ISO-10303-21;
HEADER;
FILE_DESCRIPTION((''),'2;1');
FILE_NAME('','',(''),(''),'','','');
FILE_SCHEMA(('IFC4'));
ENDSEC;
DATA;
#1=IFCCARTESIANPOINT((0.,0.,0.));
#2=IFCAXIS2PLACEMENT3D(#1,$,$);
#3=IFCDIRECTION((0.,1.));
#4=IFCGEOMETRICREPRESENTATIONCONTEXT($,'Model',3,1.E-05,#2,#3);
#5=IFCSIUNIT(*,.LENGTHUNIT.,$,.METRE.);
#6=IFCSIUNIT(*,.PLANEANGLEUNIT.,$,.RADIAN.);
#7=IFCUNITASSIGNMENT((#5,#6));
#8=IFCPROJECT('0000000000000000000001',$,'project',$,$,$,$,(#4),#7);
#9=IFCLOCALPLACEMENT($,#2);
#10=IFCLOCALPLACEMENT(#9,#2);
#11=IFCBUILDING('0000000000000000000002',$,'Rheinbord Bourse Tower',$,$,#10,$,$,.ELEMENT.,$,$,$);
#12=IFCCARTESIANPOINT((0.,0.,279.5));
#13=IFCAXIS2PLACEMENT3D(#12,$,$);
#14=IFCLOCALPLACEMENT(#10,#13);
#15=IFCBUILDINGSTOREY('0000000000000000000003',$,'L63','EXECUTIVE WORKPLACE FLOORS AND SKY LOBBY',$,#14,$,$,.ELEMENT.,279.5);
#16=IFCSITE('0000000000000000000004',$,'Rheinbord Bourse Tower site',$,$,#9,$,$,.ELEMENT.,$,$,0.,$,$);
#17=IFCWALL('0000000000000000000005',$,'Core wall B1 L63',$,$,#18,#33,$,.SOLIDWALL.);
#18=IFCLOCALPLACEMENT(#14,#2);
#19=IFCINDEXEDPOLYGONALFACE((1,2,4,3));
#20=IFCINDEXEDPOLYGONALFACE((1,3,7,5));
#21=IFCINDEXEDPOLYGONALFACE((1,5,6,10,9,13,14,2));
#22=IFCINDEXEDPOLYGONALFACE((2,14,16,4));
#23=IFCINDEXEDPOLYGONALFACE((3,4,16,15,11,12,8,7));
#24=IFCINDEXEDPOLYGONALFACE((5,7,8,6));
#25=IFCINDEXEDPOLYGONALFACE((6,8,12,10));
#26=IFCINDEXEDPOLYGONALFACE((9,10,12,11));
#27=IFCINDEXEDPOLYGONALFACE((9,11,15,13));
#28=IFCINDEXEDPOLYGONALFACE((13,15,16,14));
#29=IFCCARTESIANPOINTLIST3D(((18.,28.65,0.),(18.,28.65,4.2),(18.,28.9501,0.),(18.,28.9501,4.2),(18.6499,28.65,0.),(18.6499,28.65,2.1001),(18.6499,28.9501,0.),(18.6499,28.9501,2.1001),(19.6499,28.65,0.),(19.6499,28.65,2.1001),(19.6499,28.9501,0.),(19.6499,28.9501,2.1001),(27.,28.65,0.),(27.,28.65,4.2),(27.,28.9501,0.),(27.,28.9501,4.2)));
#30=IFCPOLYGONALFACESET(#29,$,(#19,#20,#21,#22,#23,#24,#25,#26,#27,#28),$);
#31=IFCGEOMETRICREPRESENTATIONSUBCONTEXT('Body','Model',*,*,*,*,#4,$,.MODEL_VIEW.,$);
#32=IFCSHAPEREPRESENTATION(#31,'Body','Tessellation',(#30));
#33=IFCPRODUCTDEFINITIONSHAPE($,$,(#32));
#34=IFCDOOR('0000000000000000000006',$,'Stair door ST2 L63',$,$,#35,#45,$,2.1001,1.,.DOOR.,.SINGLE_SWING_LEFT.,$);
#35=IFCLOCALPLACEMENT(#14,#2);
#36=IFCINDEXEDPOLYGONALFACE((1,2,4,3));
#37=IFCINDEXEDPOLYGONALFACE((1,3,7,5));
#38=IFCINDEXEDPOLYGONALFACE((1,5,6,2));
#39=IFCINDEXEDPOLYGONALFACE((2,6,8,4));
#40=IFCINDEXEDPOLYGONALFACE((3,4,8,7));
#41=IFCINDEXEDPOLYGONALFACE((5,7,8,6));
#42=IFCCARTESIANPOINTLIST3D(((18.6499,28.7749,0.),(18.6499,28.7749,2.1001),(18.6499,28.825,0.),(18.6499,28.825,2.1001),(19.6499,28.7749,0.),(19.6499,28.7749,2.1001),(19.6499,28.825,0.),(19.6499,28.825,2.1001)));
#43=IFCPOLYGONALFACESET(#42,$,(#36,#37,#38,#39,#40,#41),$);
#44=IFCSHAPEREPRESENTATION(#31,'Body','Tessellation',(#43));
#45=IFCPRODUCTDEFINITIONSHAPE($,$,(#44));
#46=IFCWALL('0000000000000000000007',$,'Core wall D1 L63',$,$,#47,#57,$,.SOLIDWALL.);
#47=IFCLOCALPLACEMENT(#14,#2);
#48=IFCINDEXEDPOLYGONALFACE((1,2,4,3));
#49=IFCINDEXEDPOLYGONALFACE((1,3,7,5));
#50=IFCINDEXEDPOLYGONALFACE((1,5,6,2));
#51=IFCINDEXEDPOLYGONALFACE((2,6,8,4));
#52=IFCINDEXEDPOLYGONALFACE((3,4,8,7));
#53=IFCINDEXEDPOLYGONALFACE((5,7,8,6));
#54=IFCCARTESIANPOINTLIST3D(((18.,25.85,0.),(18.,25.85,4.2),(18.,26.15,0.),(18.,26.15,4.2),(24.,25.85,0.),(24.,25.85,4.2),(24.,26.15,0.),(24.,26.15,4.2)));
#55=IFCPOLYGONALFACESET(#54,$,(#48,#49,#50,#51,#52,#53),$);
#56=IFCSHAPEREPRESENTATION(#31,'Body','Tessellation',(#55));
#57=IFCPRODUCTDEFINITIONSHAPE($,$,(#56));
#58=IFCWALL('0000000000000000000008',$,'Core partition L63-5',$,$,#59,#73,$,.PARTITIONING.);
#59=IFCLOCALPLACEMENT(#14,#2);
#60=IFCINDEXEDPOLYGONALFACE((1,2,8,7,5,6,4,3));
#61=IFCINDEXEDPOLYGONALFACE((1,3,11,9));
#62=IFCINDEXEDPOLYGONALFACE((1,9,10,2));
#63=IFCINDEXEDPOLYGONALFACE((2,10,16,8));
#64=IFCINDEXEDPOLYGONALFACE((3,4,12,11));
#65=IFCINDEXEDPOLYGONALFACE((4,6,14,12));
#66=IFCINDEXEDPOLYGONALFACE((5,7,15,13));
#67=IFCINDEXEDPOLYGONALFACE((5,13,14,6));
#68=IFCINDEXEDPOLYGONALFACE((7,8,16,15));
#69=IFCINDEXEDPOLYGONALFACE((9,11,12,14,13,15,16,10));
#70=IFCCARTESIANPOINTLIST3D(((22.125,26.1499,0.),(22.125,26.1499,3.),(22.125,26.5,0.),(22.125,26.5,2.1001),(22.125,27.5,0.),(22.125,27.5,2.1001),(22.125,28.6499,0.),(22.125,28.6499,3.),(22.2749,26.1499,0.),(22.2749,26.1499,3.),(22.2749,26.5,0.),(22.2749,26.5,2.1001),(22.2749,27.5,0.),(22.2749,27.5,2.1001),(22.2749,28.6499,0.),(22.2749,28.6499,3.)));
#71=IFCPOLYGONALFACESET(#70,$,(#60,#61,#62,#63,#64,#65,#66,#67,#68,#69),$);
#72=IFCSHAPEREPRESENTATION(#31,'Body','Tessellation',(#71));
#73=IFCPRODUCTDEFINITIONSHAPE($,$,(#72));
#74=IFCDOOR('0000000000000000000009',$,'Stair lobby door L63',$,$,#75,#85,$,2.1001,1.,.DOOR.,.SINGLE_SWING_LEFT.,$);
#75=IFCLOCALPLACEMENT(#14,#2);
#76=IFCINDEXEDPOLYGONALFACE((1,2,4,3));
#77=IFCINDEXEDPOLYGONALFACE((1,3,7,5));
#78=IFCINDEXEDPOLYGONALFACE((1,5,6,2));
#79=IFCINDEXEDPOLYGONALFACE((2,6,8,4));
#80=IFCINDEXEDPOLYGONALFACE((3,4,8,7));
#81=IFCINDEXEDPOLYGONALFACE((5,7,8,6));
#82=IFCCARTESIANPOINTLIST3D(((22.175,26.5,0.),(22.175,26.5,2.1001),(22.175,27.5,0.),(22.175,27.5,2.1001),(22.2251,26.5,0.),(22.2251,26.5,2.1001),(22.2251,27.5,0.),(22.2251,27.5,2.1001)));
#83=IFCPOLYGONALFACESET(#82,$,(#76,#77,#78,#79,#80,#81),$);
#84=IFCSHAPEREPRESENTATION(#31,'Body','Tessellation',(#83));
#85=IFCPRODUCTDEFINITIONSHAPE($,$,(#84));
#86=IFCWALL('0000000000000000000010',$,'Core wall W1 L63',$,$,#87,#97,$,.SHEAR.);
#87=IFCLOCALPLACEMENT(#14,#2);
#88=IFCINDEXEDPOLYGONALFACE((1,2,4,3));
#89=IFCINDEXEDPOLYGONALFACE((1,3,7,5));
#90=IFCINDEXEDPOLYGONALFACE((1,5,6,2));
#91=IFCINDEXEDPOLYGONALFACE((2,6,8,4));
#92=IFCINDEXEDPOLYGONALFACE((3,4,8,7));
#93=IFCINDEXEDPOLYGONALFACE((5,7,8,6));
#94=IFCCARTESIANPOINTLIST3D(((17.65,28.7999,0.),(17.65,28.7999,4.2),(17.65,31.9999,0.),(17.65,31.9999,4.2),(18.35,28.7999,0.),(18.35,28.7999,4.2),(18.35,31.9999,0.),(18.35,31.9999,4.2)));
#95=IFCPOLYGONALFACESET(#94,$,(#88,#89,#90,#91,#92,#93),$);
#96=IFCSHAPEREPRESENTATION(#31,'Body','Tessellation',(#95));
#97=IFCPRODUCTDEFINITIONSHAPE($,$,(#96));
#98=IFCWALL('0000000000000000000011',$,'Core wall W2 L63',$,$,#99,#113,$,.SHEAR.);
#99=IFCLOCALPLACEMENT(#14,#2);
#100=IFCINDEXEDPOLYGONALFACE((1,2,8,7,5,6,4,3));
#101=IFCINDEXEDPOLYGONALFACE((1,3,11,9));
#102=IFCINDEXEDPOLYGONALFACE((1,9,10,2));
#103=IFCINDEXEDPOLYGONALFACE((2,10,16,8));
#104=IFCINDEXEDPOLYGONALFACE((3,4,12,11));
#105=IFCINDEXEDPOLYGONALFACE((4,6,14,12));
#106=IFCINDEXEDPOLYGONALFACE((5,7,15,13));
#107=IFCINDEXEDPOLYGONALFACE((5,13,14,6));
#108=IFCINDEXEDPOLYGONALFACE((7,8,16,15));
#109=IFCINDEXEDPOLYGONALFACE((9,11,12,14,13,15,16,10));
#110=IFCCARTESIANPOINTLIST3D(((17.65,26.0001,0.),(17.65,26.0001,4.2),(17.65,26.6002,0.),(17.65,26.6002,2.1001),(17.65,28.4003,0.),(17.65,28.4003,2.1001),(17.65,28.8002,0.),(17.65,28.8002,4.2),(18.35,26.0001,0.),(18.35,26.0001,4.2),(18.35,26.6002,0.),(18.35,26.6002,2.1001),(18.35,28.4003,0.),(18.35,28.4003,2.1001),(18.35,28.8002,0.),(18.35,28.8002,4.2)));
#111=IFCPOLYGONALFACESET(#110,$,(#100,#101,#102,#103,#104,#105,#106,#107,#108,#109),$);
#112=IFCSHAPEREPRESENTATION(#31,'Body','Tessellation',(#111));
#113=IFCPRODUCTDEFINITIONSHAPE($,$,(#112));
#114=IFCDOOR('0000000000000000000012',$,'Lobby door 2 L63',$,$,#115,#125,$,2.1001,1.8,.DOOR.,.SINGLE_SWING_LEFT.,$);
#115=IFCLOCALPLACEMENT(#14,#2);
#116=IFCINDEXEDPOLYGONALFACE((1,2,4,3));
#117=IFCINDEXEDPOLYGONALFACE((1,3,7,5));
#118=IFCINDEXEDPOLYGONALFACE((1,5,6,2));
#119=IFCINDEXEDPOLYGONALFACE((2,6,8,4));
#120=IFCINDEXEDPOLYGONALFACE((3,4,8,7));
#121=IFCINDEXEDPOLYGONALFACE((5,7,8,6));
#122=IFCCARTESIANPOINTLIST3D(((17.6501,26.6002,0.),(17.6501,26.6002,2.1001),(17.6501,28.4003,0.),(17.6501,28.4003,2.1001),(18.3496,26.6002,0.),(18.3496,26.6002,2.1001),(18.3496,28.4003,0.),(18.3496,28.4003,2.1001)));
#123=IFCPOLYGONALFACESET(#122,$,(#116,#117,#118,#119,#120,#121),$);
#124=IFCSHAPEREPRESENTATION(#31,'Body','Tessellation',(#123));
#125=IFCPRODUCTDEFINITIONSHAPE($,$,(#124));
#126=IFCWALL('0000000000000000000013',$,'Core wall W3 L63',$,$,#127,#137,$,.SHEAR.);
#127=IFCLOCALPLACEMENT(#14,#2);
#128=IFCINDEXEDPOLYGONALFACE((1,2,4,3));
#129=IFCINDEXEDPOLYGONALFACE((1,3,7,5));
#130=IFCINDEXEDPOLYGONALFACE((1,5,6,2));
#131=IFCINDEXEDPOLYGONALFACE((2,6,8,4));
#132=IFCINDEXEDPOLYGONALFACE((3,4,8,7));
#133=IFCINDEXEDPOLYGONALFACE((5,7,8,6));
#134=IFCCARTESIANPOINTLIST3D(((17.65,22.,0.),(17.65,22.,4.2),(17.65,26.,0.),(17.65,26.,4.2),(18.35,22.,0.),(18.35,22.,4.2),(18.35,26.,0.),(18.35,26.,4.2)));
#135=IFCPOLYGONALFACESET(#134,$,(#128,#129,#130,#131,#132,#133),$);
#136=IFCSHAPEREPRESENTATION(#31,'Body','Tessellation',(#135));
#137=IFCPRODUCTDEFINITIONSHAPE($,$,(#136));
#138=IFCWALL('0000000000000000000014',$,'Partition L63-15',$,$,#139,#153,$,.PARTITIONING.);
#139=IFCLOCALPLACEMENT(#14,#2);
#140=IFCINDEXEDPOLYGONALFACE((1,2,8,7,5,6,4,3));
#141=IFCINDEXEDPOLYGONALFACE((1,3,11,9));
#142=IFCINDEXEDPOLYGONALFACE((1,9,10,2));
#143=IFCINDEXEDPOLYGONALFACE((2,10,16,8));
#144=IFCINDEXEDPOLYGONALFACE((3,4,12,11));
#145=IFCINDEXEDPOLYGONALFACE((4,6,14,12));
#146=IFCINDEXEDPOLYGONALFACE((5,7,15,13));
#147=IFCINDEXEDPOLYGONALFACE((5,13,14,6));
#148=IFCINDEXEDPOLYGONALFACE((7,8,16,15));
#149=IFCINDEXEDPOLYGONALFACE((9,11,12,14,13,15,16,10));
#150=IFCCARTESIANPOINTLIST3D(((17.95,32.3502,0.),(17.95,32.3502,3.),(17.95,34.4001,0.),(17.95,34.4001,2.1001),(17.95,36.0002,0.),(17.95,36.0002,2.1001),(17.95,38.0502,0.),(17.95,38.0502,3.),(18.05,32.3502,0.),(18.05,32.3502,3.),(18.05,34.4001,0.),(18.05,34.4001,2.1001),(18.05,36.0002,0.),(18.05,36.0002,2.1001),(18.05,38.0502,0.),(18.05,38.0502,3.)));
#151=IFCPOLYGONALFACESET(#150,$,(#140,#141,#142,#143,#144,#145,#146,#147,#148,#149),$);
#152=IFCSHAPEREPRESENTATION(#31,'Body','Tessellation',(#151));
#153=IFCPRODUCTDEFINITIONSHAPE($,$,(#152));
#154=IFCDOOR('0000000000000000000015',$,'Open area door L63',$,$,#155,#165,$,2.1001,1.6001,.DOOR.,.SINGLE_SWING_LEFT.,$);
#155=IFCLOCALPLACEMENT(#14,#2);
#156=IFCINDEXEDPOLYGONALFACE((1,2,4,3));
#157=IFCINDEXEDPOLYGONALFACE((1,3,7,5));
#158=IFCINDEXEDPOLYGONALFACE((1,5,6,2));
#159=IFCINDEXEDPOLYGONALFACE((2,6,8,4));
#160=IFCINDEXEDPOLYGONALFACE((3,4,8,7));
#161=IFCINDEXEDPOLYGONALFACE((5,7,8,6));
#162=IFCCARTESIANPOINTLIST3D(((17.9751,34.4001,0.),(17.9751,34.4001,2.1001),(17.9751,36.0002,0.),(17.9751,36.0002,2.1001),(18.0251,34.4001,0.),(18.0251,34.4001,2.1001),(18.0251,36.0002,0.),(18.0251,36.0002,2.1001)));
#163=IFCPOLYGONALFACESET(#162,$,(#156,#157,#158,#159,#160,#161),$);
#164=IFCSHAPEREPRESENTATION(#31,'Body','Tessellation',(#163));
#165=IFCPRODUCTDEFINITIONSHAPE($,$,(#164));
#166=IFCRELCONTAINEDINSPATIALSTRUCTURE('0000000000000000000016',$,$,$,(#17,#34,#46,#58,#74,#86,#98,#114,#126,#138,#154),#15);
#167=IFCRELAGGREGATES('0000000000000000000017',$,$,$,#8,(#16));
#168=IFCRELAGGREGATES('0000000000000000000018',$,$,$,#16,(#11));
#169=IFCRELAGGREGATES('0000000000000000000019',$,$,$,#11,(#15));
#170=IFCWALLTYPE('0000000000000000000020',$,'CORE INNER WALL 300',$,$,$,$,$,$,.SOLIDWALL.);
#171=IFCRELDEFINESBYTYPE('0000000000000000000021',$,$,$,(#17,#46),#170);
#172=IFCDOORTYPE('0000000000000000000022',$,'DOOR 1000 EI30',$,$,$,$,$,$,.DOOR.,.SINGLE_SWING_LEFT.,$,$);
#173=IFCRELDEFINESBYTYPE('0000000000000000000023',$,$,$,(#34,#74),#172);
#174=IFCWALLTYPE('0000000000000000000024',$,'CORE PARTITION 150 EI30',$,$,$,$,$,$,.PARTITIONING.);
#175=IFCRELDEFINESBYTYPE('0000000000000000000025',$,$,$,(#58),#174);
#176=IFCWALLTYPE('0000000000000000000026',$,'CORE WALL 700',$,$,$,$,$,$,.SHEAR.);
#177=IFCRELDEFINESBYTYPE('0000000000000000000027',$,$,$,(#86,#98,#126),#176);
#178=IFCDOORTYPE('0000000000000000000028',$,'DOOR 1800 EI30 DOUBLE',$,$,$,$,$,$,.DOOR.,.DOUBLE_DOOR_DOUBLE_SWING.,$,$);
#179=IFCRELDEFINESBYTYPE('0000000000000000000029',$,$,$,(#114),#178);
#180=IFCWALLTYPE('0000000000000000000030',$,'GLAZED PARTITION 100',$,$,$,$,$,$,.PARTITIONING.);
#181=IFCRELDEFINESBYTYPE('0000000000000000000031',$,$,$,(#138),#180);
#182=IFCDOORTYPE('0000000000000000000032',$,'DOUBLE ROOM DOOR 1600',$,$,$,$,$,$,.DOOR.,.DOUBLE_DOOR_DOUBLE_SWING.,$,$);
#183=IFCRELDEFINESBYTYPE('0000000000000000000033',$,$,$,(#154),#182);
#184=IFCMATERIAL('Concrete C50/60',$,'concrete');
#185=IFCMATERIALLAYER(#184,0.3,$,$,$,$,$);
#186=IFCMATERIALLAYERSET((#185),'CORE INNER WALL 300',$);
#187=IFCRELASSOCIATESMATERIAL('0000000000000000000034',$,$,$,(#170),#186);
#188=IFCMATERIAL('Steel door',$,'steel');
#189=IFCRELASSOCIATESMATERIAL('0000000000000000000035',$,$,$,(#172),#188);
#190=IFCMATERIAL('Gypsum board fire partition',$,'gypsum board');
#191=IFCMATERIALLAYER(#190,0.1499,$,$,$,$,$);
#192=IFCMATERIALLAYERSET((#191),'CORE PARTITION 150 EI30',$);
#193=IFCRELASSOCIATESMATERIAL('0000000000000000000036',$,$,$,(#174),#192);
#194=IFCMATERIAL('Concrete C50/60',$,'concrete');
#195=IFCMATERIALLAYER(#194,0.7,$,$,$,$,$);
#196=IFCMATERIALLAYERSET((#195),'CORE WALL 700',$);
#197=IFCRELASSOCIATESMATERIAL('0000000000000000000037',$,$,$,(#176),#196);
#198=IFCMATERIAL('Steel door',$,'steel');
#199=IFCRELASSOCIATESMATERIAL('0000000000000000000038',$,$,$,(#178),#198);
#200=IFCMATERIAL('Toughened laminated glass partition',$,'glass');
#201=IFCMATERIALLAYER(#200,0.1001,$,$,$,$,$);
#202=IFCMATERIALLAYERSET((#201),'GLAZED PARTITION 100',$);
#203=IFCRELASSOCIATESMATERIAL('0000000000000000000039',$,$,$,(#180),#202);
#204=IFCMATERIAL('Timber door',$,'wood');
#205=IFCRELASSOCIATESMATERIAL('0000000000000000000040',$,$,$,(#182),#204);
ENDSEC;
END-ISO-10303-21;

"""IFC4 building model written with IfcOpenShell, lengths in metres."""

from ifc_helpers import new_model, si_unit, direction, frame, frame_2d, origin, place, context, subcontext, project, spatial, rectangle, extrude, material, layer, layer_set, type_object, element, fill, save


model = new_model("IFC4")

# Units and contexts
model_context = context("Model", 3, precision=1e-05, world=origin(), true_north=direction((0.0, 1.0)))
body_context = subcontext(model_context, "Body", "Model", "MODEL_VIEW")
ifc_project = project(units=[si_unit("LENGTHUNIT", "METRE"), si_unit("PLANEANGLEUNIT", "RADIAN")], contexts=[model_context])

# Site, building, storey
site_placement = place(None, origin())
site = spatial("IfcSite", under=ifc_project, at=site_placement, Name="Rheinbord Bourse Tower site", CompositionType="ELEMENT", RefElevation=0.0)
building_placement = place(site_placement, origin())
building = spatial("IfcBuilding", under=site, at=building_placement, Name="Rheinbord Bourse Tower", CompositionType="ELEMENT")
storey_placement = place(building_placement, frame((0.0, 0.0, 279.5)))
storey = spatial("IfcBuildingStorey", under=building, at=storey_placement, Name="L63", Description="EXECUTIVE WORKPLACE FLOORS AND SKY LOBBY", CompositionType="ELEMENT", Elevation=279.5)

# Wall, opening, door
ifc_material_1 = material(Name="Concrete C50/60", Category="concrete")
ifc_layer_1 = layer(ifc_material_1, 0.3)
ifc_layer_set_1 = layer_set([ifc_layer_1], Name="CORE INNER WALL 300")
wall_type_1 = type_object("IfcWallType", Name="CORE INNER WALL 300", PredefinedType="SOLIDWALL", material=ifc_layer_set_1)
wall_1_placement = place(storey_placement, frame((18.0, 28.8, 0.0), z_axis=(0.0, 0.0, 1.0), x_axis=(1.0, 0.0, 0.0)))
wall_1 = element("IfcWall", 1, at=wall_1_placement, inside=storey, type_object=wall_type_1, Name="Core wall B1 L63", PredefinedType="SOLIDWALL", context=body_context, shape_type="SweptSolid", body=[
    extrude(rectangle(XDim=9.0, YDim=0.3, at=frame_2d((4.5, 0.0))), origin(), (0.0, 0.0, 1.0), 4.2),
])
opening_1_placement = place(wall_1_placement, frame((0.6499, 0.0, 0.0)))
opening_1 = element("IfcOpeningElement", 2, at=opening_1_placement, cuts=wall_1, PredefinedType="OPENING", context=body_context, shape_type="SweptSolid", body=[
    extrude(rectangle(XDim=1.0, YDim=2.1001, at=frame_2d((0.5, 1.05))), frame((0.0, 0.1599, 0.0), z_axis=(0.0, -1.0, 0.0), x_axis=(1.0, 0.0, 0.0)), (0.0, 0.0, 1.0), 0.3201),
])
ifc_material_2 = material(Name="Steel door", Category="steel")
door_type_1 = type_object("IfcDoorType", Name="DOOR 1000 EI30", OperationType="SINGLE_SWING_LEFT", PredefinedType="DOOR", material=ifc_material_2)
door_1_placement = place(opening_1_placement, origin())
door_1 = element("IfcDoor", 3, at=door_1_placement, inside=storey, type_object=door_type_1, Name="Stair door ST2 L63", OperationType="SINGLE_SWING_LEFT", OverallHeight=2.1001, OverallWidth=1.0, PredefinedType="DOOR", context=body_context, shape_type="SweptSolid", body=[
    extrude(rectangle(XDim=1.0, YDim=2.1001, at=frame_2d((0.5, 1.05))), frame((0.0, 0.0249, 0.0), z_axis=(0.0, -1.0, 0.0), x_axis=(1.0, 0.0, 0.0)), (0.0, 0.0, 1.0), 0.05),
])
fill(opening_1, door_1)

# Wall
wall_2_placement = place(storey_placement, frame((18.0, 26.0, 0.0), z_axis=(0.0, 0.0, 1.0), x_axis=(1.0, 0.0, 0.0)))
element("IfcWall", 4, at=wall_2_placement, inside=storey, type_object=wall_type_1, Name="Core wall D1 L63", PredefinedType="SOLIDWALL", context=body_context, shape_type="SweptSolid", body=[
    extrude(rectangle(XDim=6.0, YDim=0.3, at=frame_2d((3.0, 0.0))), origin(), (0.0, 0.0, 1.0), 4.2),
])

# Wall, opening, door
ifc_material_3 = material(Name="Gypsum board fire partition", Category="gypsum board")
ifc_layer_2 = layer(ifc_material_3, 0.1499)
ifc_layer_set_2 = layer_set([ifc_layer_2], Name="CORE PARTITION 150 EI30")
wall_type_2 = type_object("IfcWallType", Name="CORE PARTITION 150 EI30", PredefinedType="PARTITIONING", material=ifc_layer_set_2)
wall_3_placement = place(storey_placement, frame((22.2, 26.1499, 0.0), z_axis=(0.0, 0.0, 1.0), x_axis=(0.0, 1.0, 0.0)))
wall_3 = element("IfcWall", 5, at=wall_3_placement, inside=storey, type_object=wall_type_2, Name="Core partition L63-5", PredefinedType="PARTITIONING", context=body_context, shape_type="SweptSolid", body=[
    extrude(rectangle(XDim=2.5, YDim=0.1499, at=frame_2d((1.25, 0.0))), origin(), (0.0, 0.0, 1.0), 3.0),
])
opening_2_placement = place(wall_3_placement, frame((0.3501, 0.0, 0.0)))
opening_2 = element("IfcOpeningElement", 6, at=opening_2_placement, cuts=wall_3, PredefinedType="OPENING", context=body_context, shape_type="SweptSolid", body=[
    extrude(rectangle(XDim=1.0, YDim=2.1001, at=frame_2d((0.5, 1.05))), frame((0.0, 0.085, 0.0), z_axis=(0.0, -1.0, 0.0), x_axis=(1.0, 0.0, 0.0)), (0.0, 0.0, 1.0), 0.1699),
])
door_2_placement = place(opening_2_placement, origin())
door_2 = element("IfcDoor", 7, at=door_2_placement, inside=storey, type_object=door_type_1, Name="Stair lobby door L63", OperationType="SINGLE_SWING_LEFT", OverallHeight=2.1001, OverallWidth=1.0, PredefinedType="DOOR", context=body_context, shape_type="SweptSolid", body=[
    extrude(rectangle(XDim=1.0, YDim=2.1001, at=frame_2d((0.5, 1.05))), frame((0.0, 0.0249, 0.0), z_axis=(0.0, -1.0, 0.0), x_axis=(1.0, 0.0, 0.0)), (0.0, 0.0, 1.0), 0.05),
])
fill(opening_2, door_2)

# Wall
ifc_material_4 = material(Name="Concrete C50/60", Category="concrete")
ifc_layer_3 = layer(ifc_material_4, 0.7)
ifc_layer_set_3 = layer_set([ifc_layer_3], Name="CORE WALL 700")
wall_type_3 = type_object("IfcWallType", Name="CORE WALL 700", PredefinedType="SHEAR", material=ifc_layer_set_3)
wall_4_placement = place(storey_placement, frame((18.0, 32.0, 0.0), z_axis=(0.0, 0.0, 1.0), x_axis=(0.0, -1.0, 0.0)))
element("IfcWall", 8, at=wall_4_placement, inside=storey, type_object=wall_type_3, Name="Core wall W1 L63", PredefinedType="SHEAR", context=body_context, shape_type="SweptSolid", body=[
    extrude(rectangle(XDim=3.2, YDim=0.7, at=frame_2d((1.6001, 0.0))), origin(), (0.0, 0.0, 1.0), 4.2),
])

# Wall, opening, door
wall_5_placement = place(storey_placement, frame((18.0, 28.8, 0.0), z_axis=(0.0, 0.0, 1.0), x_axis=(0.0, -1.0, 0.0)))
wall_5 = element("IfcWall", 9, at=wall_5_placement, inside=storey, type_object=wall_type_3, Name="Core wall W2 L63", PredefinedType="SHEAR", context=body_context, shape_type="SweptSolid", body=[
    extrude(rectangle(XDim=2.8, YDim=0.7, at=frame_2d((1.3999, 0.0))), origin(), (0.0, 0.0, 1.0), 4.2),
])
opening_3_placement = place(wall_5_placement, frame((0.3999, 0.0, 0.0)))
opening_3 = element("IfcOpeningElement", 10, at=opening_3_placement, cuts=wall_5, PredefinedType="OPENING", context=body_context, shape_type="SweptSolid", body=[
    extrude(rectangle(XDim=1.8, YDim=2.1001, at=frame_2d((0.8999, 1.05))), frame((0.0, 0.3599, 0.0), z_axis=(0.0, -1.0, 0.0), x_axis=(1.0, 0.0, 0.0)), (0.0, 0.0, 1.0), 0.72),
])
ifc_material_5 = material(Name="Steel door", Category="steel")
door_type_2 = type_object("IfcDoorType", Name="DOOR 1800 EI30 DOUBLE", OperationType="DOUBLE_DOOR_DOUBLE_SWING", PredefinedType="DOOR", material=ifc_material_5)
door_3_placement = place(opening_3_placement, origin())
door_3 = element("IfcDoor", 11, at=door_3_placement, inside=storey, type_object=door_type_2, Name="Lobby door 2 L63", OperationType="SINGLE_SWING_LEFT", OverallHeight=2.1001, OverallWidth=1.8, PredefinedType="DOOR", context=body_context, shape_type="SweptSolid", body=[
    extrude(rectangle(XDim=1.8, YDim=2.1001, at=frame_2d((0.8999, 1.05))), frame((0.0, 0.3496, 0.0), z_axis=(0.0, -1.0, 0.0), x_axis=(1.0, 0.0, 0.0)), (0.0, 0.0, 1.0), 0.6995),
])
fill(opening_3, door_3)

# Wall
wall_6_placement = place(storey_placement, frame((18.0, 26.0, 0.0), z_axis=(0.0, 0.0, 1.0), x_axis=(0.0, -1.0, 0.0)))
element("IfcWall", 12, at=wall_6_placement, inside=storey, type_object=wall_type_3, Name="Core wall W3 L63", PredefinedType="SHEAR", context=body_context, shape_type="SweptSolid", body=[
    extrude(rectangle(XDim=4.0, YDim=0.7, at=frame_2d((2.0, 0.0))), origin(), (0.0, 0.0, 1.0), 4.2),
])

# Wall, opening, door
ifc_material_6 = material(Name="Toughened laminated glass partition", Category="glass")
ifc_layer_4 = layer(ifc_material_6, 0.1001)
ifc_layer_set_4 = layer_set([ifc_layer_4], Name="GLAZED PARTITION 100")
wall_type_4 = type_object("IfcWallType", Name="GLAZED PARTITION 100", PredefinedType="PARTITIONING", material=ifc_layer_set_4)
wall_7_placement = place(storey_placement, frame((18.0, 32.3501, 0.0), z_axis=(0.0, 0.0, 1.0), x_axis=(0.0, 1.0, 0.0)))
wall_7 = element("IfcWall", 13, at=wall_7_placement, inside=storey, type_object=wall_type_4, Name="Partition L63-15", PredefinedType="PARTITIONING", context=body_context, shape_type="SweptSolid", body=[
    extrude(rectangle(XDim=5.7, YDim=0.1001, at=frame_2d((2.8501, 0.0))), origin(), (0.0, 0.0, 1.0), 3.0),
])
opening_4_placement = place(wall_7_placement, frame((2.05, 0.0, 0.0)))
opening_4 = element("IfcOpeningElement", 14, at=opening_4_placement, cuts=wall_7, PredefinedType="OPENING", context=body_context, shape_type="SweptSolid", body=[
    extrude(rectangle(XDim=1.6001, YDim=2.1001, at=frame_2d((0.8, 1.05))), frame((0.0, 0.0601, 0.0), z_axis=(0.0, -1.0, 0.0), x_axis=(1.0, 0.0, 0.0)), (0.0, 0.0, 1.0), 0.1201),
])
ifc_material_7 = material(Name="Timber door", Category="wood")
door_type_3 = type_object("IfcDoorType", Name="DOUBLE ROOM DOOR 1600", OperationType="DOUBLE_DOOR_DOUBLE_SWING", PredefinedType="DOOR", material=ifc_material_7)
door_4_placement = place(opening_4_placement, origin())
door_4 = element("IfcDoor", 15, at=door_4_placement, inside=storey, type_object=door_type_3, Name="Open area door L63", OperationType="SINGLE_SWING_LEFT", OverallHeight=2.1001, OverallWidth=1.6001, PredefinedType="DOOR", context=body_context, shape_type="SweptSolid", body=[
    extrude(rectangle(XDim=1.6001, YDim=2.1001, at=frame_2d((0.8, 1.05))), frame((0.0, 0.0249, 0.0), z_axis=(0.0, -1.0, 0.0), x_axis=(1.0, 0.0, 0.0)), (0.0, 0.0, 1.0), 0.05),
])
fill(opening_4, door_4)

save(model, "model.ifc")
